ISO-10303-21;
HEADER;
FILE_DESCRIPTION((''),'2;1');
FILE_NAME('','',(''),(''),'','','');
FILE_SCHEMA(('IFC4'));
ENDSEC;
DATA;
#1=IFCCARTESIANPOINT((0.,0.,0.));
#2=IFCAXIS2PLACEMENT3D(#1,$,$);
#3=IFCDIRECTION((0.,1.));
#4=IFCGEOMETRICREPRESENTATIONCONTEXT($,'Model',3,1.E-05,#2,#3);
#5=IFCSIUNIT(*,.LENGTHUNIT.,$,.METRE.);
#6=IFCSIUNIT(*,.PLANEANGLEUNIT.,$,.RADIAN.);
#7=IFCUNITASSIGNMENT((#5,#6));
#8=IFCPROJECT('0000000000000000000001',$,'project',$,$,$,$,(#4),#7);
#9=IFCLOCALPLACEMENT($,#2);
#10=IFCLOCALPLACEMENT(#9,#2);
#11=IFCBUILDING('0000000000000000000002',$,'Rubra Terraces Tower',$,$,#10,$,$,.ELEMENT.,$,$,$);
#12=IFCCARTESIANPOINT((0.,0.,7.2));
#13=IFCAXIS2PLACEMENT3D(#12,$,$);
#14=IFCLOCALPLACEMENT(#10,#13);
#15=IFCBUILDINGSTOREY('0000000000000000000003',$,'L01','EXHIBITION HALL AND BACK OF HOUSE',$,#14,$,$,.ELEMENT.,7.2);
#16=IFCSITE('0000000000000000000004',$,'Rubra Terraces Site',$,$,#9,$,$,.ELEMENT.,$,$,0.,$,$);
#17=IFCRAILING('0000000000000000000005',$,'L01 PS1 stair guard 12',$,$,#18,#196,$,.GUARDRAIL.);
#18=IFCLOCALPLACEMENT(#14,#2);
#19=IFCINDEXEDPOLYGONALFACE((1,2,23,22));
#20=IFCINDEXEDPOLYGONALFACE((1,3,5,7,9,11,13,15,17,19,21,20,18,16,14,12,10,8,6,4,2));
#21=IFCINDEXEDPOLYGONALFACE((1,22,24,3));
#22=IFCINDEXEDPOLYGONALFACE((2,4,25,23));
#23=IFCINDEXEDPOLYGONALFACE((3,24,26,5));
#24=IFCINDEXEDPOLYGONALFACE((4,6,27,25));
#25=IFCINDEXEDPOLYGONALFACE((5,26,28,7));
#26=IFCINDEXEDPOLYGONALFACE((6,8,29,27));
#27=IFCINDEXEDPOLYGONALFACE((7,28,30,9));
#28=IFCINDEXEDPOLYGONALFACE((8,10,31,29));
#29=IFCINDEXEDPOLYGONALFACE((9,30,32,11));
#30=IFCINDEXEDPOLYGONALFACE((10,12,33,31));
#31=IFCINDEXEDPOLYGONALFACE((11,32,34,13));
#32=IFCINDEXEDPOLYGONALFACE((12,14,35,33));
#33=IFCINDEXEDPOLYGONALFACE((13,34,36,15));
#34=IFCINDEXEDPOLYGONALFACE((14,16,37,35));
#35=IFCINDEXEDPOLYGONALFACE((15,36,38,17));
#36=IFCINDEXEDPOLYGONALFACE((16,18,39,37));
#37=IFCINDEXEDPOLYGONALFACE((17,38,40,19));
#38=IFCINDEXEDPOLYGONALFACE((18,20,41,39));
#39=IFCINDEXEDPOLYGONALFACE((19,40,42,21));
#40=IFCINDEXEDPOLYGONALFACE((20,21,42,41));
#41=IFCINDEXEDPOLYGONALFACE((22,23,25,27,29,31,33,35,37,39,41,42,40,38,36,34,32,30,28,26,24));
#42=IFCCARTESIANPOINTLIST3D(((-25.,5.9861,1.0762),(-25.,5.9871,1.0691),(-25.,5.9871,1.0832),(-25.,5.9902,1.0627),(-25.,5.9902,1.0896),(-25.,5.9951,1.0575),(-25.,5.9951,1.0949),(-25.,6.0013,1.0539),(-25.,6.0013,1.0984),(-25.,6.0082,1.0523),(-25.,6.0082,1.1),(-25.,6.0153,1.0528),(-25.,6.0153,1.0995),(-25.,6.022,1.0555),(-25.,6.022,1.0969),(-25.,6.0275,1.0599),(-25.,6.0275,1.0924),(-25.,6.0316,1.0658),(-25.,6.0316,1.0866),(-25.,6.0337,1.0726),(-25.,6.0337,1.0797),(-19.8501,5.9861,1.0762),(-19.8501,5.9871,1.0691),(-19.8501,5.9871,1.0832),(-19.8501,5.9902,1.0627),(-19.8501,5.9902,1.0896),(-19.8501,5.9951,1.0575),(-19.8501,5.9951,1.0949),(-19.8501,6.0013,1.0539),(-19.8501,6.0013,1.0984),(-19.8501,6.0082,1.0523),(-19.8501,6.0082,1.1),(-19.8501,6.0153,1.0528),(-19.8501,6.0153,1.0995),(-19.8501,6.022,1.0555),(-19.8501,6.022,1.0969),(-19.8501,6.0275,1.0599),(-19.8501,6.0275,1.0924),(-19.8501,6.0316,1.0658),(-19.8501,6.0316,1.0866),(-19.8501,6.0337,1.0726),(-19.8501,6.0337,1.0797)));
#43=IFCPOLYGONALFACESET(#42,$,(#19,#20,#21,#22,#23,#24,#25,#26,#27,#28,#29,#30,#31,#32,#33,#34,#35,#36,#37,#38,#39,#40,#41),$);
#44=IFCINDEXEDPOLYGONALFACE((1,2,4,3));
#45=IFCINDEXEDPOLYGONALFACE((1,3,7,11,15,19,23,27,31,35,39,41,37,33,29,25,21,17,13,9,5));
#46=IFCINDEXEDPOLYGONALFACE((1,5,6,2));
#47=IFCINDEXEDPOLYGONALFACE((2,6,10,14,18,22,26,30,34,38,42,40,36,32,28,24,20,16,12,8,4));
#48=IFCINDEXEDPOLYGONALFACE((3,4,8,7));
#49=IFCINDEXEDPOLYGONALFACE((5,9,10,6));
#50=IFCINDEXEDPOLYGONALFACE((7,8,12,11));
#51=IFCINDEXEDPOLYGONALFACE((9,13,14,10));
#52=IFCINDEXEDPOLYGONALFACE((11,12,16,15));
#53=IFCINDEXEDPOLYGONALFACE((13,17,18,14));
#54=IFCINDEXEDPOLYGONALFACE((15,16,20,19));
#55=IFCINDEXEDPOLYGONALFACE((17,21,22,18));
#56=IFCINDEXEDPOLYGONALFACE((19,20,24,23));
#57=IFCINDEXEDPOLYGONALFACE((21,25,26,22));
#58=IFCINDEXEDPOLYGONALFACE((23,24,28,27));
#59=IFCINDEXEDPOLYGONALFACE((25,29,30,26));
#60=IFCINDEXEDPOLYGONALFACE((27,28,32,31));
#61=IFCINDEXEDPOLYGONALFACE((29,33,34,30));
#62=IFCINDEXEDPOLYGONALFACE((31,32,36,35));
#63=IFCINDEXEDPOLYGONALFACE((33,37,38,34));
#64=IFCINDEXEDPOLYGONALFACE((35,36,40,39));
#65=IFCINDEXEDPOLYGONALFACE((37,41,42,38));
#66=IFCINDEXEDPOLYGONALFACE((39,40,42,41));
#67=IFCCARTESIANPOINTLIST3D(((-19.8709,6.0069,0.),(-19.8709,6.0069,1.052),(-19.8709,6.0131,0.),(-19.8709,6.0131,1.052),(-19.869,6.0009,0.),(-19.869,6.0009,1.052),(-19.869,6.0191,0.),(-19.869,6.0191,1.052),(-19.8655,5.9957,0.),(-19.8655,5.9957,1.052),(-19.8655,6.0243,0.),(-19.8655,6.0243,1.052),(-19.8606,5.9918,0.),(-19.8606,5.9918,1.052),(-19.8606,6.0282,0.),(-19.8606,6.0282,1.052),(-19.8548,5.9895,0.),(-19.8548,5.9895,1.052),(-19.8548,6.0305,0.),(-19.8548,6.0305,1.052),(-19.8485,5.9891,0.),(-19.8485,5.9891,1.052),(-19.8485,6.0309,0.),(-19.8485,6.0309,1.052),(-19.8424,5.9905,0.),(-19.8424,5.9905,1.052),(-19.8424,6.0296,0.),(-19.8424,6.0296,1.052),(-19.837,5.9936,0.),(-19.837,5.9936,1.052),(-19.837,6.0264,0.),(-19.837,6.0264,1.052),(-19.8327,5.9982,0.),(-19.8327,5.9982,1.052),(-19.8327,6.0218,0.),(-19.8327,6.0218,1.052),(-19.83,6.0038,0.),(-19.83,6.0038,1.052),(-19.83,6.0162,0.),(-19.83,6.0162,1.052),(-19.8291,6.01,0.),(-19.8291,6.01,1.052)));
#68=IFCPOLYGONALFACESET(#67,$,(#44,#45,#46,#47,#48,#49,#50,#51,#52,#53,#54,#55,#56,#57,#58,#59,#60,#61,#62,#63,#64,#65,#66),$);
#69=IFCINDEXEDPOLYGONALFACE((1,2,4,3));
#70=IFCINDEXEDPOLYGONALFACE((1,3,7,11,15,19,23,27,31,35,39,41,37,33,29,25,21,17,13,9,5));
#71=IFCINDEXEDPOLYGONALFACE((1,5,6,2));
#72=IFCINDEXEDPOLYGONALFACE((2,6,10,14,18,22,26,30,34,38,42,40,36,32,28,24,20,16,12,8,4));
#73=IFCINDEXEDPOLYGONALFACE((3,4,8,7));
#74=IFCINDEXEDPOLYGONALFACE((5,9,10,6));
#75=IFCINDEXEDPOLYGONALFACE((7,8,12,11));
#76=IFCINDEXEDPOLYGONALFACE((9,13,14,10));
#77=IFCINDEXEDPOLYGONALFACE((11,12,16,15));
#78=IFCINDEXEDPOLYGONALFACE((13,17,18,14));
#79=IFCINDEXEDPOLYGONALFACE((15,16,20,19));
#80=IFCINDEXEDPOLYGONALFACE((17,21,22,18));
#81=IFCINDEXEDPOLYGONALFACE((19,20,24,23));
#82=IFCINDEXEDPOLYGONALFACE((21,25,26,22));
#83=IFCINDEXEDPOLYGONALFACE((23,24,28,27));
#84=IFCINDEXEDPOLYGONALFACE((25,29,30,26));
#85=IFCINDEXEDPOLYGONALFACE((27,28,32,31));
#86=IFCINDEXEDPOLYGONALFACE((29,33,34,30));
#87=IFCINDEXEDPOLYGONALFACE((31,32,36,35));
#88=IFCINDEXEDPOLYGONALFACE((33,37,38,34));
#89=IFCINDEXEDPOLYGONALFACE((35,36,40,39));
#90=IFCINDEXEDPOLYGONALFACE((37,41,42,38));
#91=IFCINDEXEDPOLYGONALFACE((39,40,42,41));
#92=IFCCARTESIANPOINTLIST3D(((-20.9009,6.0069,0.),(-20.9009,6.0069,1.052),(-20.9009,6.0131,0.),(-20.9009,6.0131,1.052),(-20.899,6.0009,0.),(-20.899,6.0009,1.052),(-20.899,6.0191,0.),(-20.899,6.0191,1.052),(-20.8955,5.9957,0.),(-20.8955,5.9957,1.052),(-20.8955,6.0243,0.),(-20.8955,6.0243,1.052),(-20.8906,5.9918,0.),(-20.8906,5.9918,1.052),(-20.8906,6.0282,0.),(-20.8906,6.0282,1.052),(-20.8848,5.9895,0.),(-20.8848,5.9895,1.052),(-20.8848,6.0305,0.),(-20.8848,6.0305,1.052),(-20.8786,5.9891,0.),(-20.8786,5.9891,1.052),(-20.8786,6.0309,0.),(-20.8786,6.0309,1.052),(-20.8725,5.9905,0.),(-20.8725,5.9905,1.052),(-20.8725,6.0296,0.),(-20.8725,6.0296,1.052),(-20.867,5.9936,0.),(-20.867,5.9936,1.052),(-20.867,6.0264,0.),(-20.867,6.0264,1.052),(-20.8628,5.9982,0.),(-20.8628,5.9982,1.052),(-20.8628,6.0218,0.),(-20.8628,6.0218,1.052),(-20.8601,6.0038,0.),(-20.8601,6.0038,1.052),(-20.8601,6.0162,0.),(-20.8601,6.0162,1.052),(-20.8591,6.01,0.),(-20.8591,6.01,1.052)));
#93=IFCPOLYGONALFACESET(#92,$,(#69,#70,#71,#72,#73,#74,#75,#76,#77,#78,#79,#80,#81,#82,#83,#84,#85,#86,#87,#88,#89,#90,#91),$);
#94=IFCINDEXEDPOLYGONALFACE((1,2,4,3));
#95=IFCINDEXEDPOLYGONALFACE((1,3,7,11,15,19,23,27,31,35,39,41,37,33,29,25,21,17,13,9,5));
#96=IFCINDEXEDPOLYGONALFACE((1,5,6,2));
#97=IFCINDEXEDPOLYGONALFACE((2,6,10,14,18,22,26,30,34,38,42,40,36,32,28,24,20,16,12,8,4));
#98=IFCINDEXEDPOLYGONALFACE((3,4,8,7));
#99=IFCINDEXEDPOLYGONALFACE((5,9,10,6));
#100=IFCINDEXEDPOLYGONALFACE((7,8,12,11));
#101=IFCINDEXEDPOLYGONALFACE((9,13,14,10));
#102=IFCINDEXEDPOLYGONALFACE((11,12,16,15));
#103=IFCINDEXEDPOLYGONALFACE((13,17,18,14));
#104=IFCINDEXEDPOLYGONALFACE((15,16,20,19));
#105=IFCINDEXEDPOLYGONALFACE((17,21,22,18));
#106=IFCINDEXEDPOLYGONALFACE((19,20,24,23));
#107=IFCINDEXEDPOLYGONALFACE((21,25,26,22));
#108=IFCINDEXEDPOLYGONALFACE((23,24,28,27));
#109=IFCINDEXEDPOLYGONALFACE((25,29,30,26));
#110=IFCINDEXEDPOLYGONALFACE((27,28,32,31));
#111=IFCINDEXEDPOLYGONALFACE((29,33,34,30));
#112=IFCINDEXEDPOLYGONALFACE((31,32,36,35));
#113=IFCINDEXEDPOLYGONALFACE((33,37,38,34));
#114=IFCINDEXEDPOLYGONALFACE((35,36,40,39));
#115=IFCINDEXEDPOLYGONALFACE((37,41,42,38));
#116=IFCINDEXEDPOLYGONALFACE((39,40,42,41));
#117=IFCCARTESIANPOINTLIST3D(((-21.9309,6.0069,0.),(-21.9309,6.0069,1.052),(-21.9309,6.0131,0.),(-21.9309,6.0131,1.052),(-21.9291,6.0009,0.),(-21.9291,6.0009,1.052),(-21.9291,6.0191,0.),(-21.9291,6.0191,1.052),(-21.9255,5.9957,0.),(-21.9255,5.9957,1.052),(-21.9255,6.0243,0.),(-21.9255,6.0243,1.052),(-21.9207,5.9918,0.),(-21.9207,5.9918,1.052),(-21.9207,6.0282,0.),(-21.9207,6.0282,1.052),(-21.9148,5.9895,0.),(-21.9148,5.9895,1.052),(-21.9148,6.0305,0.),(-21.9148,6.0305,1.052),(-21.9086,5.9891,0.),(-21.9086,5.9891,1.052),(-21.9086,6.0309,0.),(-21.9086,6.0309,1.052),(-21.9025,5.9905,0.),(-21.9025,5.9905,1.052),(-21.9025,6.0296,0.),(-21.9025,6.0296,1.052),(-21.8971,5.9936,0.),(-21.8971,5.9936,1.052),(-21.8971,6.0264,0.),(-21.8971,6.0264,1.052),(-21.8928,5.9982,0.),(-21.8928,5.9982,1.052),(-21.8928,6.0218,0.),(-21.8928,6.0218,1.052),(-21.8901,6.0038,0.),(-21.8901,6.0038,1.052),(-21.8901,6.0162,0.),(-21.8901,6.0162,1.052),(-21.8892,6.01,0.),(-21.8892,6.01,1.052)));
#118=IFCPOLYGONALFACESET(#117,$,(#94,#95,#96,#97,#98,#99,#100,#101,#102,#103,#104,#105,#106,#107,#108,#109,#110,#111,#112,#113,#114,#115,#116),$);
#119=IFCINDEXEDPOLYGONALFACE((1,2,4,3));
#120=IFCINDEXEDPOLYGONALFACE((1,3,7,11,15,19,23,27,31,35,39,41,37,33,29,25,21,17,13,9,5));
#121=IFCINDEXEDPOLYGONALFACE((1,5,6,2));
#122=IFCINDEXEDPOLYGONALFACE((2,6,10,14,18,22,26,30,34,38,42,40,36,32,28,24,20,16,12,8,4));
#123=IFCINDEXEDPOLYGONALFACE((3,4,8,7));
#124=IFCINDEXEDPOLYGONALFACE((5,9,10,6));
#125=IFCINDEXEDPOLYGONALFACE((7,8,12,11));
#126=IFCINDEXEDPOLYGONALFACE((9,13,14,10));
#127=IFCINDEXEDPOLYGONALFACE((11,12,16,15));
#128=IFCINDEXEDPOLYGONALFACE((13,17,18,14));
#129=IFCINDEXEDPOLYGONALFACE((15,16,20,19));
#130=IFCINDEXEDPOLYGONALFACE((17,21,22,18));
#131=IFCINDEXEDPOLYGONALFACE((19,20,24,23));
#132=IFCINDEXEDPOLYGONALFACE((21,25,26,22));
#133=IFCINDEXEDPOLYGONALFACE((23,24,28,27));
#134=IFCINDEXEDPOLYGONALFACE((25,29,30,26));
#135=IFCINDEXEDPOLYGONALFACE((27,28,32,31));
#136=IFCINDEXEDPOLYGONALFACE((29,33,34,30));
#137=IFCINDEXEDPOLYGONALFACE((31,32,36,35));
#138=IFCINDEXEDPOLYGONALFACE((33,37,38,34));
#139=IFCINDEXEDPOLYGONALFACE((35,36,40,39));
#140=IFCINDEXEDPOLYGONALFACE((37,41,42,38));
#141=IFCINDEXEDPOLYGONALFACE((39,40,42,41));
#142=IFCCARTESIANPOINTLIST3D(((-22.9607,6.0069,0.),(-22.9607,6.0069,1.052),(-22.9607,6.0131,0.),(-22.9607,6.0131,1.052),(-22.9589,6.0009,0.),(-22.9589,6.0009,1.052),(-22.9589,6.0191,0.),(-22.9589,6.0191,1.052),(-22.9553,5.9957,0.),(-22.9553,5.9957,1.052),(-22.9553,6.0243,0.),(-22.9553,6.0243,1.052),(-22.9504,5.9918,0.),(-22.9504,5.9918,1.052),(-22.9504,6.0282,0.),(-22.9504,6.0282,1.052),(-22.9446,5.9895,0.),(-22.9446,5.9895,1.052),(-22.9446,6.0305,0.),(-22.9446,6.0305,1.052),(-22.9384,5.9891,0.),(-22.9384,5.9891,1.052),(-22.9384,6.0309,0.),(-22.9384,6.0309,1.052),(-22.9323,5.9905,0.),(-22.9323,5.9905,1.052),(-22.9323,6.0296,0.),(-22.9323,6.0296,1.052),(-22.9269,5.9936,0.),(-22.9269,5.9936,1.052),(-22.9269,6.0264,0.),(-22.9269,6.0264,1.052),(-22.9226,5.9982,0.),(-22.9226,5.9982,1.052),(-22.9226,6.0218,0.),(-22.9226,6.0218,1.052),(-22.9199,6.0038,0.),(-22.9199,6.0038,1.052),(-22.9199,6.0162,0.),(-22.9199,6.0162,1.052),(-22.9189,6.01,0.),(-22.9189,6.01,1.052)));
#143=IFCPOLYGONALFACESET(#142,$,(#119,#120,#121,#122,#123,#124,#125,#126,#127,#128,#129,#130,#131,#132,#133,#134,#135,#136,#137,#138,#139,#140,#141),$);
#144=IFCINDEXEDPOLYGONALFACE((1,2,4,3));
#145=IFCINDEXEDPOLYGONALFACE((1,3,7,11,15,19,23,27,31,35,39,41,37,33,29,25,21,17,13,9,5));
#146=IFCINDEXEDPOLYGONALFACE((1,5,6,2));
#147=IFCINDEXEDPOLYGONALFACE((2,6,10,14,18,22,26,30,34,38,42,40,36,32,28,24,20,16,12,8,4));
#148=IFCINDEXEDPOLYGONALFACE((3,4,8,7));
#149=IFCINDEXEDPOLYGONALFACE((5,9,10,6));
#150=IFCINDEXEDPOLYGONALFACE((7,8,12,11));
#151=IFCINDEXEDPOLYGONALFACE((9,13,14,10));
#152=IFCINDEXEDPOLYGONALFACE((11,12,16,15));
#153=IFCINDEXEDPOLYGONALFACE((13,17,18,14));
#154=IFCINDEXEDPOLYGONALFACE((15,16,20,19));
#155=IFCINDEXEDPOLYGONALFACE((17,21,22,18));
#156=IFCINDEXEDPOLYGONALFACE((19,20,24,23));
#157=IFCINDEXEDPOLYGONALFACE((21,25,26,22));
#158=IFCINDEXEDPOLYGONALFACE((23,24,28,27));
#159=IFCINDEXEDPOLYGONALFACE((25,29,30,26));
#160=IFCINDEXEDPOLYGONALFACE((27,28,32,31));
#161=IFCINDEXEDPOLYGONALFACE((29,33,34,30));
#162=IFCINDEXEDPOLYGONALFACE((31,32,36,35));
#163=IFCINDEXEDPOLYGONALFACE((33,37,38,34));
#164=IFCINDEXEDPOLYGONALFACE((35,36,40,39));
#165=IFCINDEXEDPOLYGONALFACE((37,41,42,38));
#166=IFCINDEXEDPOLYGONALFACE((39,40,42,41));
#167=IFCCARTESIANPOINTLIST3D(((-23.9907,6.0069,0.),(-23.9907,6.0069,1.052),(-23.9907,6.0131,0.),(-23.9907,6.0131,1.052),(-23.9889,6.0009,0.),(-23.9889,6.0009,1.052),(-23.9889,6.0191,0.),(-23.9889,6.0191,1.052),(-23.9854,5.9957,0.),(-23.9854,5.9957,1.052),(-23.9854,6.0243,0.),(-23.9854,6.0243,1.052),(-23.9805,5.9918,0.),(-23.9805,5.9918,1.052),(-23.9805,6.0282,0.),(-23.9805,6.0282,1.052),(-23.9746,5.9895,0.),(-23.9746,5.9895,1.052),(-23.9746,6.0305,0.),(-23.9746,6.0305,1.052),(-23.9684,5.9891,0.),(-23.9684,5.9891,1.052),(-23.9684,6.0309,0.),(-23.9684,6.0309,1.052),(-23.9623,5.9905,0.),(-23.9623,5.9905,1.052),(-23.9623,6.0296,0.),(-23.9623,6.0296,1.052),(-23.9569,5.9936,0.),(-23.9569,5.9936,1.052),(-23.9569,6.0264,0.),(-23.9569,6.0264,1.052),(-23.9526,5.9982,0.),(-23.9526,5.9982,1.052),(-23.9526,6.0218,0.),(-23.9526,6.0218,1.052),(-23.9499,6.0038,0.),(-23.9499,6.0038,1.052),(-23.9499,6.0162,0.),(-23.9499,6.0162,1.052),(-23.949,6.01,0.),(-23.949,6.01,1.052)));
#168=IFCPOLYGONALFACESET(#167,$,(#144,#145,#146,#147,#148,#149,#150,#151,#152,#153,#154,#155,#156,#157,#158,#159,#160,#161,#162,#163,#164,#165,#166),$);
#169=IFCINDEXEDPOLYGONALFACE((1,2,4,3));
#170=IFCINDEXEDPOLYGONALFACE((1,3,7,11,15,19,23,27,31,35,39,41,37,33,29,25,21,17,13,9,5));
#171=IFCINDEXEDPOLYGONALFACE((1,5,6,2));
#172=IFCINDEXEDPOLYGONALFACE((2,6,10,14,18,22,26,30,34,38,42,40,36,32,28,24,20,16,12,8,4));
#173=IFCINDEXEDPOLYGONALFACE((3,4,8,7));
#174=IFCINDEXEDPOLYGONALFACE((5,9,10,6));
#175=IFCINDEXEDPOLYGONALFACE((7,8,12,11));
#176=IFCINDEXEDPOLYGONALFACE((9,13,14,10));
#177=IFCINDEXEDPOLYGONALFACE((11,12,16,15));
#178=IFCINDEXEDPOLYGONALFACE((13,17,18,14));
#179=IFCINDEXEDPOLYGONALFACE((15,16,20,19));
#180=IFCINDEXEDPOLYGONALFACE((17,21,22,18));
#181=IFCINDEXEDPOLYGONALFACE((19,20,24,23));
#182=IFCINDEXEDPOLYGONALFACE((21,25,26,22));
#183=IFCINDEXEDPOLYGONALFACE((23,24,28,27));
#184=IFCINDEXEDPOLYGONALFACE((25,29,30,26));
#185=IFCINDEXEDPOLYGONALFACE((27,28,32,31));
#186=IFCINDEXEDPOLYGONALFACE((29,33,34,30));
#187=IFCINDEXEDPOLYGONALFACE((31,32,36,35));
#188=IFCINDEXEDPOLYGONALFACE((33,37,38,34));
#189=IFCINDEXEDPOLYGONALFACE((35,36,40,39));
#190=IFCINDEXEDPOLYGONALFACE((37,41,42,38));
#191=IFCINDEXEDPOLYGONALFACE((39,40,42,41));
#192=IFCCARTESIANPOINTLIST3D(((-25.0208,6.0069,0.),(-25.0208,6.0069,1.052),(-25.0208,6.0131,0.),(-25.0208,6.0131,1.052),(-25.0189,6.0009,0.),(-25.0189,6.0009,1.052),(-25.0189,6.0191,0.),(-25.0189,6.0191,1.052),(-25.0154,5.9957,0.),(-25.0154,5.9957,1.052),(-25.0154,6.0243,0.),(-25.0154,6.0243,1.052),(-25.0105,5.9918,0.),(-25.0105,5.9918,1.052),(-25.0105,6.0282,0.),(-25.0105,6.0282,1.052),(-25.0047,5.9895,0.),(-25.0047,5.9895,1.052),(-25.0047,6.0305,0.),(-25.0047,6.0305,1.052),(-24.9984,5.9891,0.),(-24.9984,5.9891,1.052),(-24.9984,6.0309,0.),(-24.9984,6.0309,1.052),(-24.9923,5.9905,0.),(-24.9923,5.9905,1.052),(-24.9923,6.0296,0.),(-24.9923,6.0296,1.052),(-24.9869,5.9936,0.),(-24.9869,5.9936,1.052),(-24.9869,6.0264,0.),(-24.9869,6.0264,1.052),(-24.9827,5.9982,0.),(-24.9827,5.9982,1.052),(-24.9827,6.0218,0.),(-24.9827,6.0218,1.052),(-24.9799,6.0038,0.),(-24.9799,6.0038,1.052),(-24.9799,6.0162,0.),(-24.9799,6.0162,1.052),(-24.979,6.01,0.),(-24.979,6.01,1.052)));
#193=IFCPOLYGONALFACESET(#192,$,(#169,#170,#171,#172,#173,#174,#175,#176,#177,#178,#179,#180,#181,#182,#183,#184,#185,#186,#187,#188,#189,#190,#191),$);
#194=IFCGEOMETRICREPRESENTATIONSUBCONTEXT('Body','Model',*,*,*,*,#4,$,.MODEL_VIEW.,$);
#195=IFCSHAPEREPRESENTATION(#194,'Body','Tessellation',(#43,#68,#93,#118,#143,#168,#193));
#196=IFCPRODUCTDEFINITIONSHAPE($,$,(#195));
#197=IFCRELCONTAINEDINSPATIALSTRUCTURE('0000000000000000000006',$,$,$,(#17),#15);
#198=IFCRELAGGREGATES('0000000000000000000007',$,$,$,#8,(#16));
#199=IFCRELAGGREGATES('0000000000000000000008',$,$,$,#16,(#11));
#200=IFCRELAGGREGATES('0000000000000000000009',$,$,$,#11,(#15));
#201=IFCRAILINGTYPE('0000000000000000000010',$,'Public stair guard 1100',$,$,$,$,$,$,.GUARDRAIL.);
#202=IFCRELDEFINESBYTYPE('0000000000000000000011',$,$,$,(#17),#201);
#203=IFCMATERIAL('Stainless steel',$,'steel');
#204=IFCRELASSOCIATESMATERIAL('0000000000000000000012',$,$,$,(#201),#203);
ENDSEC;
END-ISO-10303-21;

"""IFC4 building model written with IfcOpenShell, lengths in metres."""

from ifc_helpers import new_model, si_unit, direction, frame, origin, origin_2d, place, context, subcontext, project, spatial, circle, extrude, material, type_object, element, save


model = new_model("IFC4")

# Units and contexts
model_context = context("Model", 3, precision=1e-05, world=origin(), true_north=direction((0.0, 1.0)))
body_context = subcontext(model_context, "Body", "Model", "MODEL_VIEW")
ifc_project = project(units=[si_unit("LENGTHUNIT", "METRE"), si_unit("PLANEANGLEUNIT", "RADIAN")], contexts=[model_context])

# Site, building, storey
site_placement = place(None, origin())
site = spatial("IfcSite", under=ifc_project, at=site_placement, Name="Rubra Terraces Site", CompositionType="ELEMENT", RefElevation=0.0)
building_placement = place(site_placement, origin())
building = spatial("IfcBuilding", under=site, at=building_placement, Name="Rubra Terraces Tower", CompositionType="ELEMENT")
storey_placement = place(building_placement, frame((0.0, 0.0, 7.2)))
storey = spatial("IfcBuildingStorey", under=building, at=storey_placement, Name="L01", Description="EXHIBITION HALL AND BACK OF HOUSE", CompositionType="ELEMENT", Elevation=7.2)

# Shared definitions
ifc_material_1 = material(Name="Stainless steel", Category="steel")

# Railing
railing_type = type_object("IfcRailingType", Name="Public stair guard 1100", PredefinedType="GUARDRAIL", material=ifc_material_1)
railing_placement = place(storey_placement, frame((-19.8501, 6.01, 0.0)))
element("IfcRailing", 1, at=railing_placement, inside=storey, type_object=railing_type, Name="L01 PS1 stair guard 12", PredefinedType="GUARDRAIL", context=body_context, shape_type="SweptSolid", body=[
    extrude(circle(Radius=0.0239, at=origin_2d()), frame((0.0, 0.0, 1.0762), z_axis=(-1.0, 0.0, 0.0), x_axis=(0.0, -1.0, 0.0)), (0.0, 0.0, 1.0), 5.1499),
    extrude(circle(Radius=0.021, at=origin_2d()), origin(), (0.0, 0.0, 1.0), 1.052),
    extrude(circle(Radius=0.021, at=origin_2d()), frame((-1.03, 0.0, 0.0)), (0.0, 0.0, 1.0), 1.052),
    extrude(circle(Radius=0.021, at=origin_2d()), frame((-2.0601, 0.0, 0.0)), (0.0, 0.0, 1.0), 1.052),
    extrude(circle(Radius=0.021, at=origin_2d()), frame((-3.0898, 0.0, 0.0)), (0.0, 0.0, 1.0), 1.052),
    extrude(circle(Radius=0.021, at=origin_2d()), frame((-4.1199, 0.0, 0.0)), (0.0, 0.0, 1.0), 1.052),
    extrude(circle(Radius=0.021, at=origin_2d()), frame((-5.1499, 0.0, 0.0)), (0.0, 0.0, 1.0), 1.052),
])

save(model, "model.ifc")
